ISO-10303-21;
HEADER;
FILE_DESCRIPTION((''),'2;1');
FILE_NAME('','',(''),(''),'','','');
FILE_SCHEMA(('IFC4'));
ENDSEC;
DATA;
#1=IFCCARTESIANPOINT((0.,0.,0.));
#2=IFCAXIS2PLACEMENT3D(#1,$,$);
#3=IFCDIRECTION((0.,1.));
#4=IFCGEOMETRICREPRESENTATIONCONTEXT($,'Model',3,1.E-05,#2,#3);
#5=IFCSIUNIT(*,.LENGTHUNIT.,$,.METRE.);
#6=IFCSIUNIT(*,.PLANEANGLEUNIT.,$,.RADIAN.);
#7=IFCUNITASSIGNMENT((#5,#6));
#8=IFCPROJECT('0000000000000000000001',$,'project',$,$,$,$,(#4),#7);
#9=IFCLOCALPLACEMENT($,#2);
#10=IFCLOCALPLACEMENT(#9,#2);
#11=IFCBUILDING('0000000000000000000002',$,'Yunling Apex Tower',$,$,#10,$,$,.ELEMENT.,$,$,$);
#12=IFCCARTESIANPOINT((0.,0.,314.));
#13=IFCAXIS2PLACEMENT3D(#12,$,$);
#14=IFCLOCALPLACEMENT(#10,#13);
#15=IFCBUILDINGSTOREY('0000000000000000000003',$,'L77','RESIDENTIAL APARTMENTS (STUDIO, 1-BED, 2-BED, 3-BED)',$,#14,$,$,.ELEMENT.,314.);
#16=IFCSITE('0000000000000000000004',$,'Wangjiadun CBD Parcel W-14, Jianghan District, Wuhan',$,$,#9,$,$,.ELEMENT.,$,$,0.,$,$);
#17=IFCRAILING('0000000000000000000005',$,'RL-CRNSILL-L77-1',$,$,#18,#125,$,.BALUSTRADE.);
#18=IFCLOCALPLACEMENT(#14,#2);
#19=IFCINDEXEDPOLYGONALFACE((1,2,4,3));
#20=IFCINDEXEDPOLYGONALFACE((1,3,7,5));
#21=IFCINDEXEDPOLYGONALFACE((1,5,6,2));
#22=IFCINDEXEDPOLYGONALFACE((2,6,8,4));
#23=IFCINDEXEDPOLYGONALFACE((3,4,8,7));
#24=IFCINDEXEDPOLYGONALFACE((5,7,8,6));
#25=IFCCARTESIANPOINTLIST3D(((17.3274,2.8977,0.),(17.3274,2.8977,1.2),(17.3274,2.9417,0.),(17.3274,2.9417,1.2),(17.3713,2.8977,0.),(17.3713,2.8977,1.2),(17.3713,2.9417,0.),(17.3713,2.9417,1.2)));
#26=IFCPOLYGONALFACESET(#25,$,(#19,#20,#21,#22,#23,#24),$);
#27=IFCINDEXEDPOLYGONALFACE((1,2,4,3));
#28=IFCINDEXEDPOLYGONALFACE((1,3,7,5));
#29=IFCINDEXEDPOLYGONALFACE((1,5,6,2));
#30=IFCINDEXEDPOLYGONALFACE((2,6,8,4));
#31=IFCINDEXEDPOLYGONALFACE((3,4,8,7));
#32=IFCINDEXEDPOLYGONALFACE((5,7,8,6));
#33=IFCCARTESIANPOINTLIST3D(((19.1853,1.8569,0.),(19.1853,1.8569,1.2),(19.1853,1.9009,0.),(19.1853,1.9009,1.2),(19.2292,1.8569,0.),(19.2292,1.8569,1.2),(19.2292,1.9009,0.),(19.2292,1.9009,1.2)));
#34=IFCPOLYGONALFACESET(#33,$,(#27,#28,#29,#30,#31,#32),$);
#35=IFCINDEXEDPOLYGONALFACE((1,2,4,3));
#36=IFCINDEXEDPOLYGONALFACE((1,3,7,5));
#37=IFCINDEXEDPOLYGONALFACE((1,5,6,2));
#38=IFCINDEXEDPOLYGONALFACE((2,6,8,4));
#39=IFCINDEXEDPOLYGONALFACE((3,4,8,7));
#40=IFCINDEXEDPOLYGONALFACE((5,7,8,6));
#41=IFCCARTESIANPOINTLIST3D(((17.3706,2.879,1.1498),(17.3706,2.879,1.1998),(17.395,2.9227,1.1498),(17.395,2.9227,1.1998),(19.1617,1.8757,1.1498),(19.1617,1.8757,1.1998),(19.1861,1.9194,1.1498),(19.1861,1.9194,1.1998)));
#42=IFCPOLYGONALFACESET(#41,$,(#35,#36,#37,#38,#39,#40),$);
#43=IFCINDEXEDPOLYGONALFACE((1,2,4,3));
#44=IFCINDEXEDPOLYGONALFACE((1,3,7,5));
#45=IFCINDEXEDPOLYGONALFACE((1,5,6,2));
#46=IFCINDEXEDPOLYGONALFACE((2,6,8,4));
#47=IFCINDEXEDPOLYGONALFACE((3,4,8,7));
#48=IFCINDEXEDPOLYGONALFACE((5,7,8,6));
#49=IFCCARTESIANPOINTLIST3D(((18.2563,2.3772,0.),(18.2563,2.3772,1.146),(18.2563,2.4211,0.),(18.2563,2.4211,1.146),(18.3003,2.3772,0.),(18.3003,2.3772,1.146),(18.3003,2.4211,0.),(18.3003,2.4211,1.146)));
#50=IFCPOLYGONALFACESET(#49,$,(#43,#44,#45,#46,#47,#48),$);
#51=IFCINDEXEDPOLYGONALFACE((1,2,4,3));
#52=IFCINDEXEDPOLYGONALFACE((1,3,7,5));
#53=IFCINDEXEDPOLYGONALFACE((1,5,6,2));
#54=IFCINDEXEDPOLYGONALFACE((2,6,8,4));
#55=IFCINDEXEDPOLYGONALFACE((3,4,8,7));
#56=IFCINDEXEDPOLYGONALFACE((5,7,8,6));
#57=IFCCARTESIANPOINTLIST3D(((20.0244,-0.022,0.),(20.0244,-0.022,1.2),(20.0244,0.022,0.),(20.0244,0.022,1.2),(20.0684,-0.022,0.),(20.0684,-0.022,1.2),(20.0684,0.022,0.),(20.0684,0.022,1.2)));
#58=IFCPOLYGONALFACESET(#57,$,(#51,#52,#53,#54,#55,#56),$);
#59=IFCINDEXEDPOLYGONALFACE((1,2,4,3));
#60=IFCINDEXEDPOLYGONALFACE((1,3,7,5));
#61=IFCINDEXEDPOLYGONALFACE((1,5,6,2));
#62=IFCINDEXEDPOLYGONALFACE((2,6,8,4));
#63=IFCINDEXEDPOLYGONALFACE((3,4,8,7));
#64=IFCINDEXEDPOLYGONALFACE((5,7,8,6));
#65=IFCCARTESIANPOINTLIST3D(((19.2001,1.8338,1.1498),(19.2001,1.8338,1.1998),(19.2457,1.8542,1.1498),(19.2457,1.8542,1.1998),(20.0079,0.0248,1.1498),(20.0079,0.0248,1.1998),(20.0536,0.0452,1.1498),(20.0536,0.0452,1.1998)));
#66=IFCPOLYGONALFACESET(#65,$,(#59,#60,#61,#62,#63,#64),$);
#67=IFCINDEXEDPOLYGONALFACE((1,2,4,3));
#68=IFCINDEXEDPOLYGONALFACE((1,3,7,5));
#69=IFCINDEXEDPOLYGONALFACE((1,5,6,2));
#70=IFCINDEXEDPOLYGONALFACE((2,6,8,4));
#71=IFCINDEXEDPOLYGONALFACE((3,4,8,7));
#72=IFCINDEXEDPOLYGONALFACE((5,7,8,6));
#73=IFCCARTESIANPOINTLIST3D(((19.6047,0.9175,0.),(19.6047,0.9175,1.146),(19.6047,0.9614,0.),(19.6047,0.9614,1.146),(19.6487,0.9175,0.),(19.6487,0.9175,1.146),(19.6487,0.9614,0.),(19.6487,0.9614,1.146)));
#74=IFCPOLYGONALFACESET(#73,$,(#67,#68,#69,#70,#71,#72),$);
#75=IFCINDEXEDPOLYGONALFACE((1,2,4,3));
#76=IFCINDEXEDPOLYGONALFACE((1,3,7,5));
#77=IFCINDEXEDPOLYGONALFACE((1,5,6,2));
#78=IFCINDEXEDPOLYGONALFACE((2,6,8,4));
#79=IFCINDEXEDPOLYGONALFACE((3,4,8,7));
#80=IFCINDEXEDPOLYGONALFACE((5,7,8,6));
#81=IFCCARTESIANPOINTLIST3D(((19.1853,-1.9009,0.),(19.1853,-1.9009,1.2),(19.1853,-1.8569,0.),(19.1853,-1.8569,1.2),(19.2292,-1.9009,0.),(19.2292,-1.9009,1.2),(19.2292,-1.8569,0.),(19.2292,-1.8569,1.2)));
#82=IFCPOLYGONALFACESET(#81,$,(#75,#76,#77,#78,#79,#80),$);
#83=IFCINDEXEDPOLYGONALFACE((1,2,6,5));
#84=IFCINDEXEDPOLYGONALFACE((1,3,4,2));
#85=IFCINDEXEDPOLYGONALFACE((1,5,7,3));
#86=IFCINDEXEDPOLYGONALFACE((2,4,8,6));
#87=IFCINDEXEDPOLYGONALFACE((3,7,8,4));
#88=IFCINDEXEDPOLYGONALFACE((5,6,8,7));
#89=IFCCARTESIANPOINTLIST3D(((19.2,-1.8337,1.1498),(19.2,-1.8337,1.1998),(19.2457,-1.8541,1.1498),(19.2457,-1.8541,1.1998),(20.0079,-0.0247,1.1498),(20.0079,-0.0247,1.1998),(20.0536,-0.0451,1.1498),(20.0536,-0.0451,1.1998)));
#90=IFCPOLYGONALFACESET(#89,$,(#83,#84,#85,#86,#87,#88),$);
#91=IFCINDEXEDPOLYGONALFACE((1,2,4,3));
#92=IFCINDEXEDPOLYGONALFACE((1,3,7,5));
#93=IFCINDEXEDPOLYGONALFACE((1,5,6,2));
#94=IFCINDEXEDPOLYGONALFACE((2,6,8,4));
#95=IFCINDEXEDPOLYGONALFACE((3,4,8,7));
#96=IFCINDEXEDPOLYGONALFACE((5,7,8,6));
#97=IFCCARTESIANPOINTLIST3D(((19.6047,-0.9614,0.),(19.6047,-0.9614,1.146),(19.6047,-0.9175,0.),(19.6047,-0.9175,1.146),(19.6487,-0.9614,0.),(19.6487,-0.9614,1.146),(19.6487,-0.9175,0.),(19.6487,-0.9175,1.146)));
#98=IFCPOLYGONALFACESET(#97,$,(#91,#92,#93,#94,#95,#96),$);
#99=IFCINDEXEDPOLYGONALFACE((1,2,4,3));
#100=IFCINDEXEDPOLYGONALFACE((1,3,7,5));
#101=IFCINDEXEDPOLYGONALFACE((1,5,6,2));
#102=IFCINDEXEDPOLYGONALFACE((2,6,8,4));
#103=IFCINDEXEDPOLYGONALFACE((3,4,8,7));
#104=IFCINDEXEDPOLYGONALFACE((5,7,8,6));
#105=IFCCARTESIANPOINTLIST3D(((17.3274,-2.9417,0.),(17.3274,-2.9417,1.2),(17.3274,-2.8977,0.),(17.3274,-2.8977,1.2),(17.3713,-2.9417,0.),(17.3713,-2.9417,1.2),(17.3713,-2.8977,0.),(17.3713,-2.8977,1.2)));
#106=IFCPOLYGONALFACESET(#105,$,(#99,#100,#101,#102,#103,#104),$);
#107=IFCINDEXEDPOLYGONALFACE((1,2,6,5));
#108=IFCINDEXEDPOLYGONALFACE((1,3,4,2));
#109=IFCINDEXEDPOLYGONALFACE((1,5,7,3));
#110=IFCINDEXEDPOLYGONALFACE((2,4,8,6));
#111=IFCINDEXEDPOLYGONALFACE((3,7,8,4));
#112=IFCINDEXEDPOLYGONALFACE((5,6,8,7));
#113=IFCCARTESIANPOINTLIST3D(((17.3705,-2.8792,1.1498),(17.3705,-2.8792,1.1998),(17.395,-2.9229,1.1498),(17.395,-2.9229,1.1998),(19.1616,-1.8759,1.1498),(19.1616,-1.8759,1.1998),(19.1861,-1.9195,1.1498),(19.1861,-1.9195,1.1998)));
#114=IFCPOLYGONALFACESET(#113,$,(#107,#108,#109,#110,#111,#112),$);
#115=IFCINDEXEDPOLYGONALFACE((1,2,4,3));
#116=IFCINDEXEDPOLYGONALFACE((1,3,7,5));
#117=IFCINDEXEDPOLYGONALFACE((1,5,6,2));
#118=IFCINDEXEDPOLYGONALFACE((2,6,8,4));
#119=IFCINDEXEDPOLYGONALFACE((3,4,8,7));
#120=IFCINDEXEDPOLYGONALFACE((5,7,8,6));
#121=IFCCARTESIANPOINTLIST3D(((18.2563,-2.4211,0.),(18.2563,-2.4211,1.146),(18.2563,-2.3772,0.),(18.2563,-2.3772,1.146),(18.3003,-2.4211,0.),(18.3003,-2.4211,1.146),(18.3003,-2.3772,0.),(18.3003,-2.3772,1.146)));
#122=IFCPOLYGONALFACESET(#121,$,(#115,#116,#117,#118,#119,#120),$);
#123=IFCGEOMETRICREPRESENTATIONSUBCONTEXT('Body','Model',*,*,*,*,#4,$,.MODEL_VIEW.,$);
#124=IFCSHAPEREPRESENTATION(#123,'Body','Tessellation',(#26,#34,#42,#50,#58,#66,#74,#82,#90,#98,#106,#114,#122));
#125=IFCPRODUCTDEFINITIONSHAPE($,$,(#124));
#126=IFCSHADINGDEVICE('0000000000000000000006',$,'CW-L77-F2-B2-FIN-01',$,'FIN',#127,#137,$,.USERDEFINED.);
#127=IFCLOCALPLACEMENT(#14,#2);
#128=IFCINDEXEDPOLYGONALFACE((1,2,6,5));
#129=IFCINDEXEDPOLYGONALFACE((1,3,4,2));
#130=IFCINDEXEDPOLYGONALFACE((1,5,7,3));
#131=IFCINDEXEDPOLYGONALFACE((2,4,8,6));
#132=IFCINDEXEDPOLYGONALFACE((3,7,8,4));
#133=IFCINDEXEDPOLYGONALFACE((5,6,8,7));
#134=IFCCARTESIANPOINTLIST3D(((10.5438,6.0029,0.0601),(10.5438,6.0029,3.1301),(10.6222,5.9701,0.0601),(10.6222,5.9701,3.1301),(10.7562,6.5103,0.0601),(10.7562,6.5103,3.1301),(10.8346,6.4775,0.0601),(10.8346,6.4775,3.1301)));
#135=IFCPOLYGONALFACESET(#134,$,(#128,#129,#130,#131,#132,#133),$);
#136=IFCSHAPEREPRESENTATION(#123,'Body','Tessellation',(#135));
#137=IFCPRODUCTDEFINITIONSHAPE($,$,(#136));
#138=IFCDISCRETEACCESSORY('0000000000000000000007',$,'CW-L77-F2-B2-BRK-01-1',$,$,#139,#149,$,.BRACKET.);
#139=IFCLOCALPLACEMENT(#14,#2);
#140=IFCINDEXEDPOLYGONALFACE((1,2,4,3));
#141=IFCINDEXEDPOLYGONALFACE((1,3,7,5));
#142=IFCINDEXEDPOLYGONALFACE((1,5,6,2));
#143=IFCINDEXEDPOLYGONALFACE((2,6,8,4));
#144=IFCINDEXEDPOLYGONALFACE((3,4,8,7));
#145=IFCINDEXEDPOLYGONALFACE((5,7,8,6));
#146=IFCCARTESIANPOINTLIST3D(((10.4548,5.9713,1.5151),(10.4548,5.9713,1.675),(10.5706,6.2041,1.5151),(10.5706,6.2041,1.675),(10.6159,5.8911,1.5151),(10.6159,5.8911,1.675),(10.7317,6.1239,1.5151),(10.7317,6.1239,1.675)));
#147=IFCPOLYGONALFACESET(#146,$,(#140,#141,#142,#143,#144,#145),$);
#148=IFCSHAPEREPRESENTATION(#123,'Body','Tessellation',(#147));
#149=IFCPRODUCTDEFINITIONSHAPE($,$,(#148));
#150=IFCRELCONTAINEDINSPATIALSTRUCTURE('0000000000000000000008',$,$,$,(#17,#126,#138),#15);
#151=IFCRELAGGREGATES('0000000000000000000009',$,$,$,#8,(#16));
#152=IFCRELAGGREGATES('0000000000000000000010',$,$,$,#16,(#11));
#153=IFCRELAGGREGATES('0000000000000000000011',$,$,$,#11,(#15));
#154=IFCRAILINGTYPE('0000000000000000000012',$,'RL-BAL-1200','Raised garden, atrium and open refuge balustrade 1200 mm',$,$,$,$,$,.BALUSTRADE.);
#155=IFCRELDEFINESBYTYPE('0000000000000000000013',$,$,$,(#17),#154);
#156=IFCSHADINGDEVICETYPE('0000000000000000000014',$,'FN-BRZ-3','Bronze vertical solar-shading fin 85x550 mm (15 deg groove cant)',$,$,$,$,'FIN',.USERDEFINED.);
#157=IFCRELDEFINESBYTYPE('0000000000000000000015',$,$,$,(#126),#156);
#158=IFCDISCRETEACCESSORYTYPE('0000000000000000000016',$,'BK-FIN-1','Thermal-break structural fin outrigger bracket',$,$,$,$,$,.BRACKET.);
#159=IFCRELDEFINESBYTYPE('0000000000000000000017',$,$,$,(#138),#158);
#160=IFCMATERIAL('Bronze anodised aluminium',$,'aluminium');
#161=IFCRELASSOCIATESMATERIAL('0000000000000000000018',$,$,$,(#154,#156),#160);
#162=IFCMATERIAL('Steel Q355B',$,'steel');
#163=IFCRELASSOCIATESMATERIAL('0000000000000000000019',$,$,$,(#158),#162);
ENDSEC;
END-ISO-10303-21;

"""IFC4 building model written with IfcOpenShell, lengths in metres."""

from ifc_helpers import new_model, si_unit, direction, frame, origin, origin_2d, place, context, subcontext, project, spatial, rectangle, extrude, source, transform, mapped, material, material_profile, profile_set, type_object, element, save


model = new_model("IFC4")

# Units and contexts
model_context = context("Model", 3, precision=1e-05, world=origin(), true_north=direction((0.0, 1.0)))
body_context = subcontext(model_context, "Body", "Model", "MODEL_VIEW")
ifc_project = project(units=[si_unit("LENGTHUNIT", "METRE"), si_unit("PLANEANGLEUNIT", "RADIAN")], contexts=[model_context])

# Site, building, storey
site_placement = place(None, origin())
site = spatial("IfcSite", under=ifc_project, at=site_placement, Name="Wangjiadun CBD Parcel W-14, Jianghan District, Wuhan", CompositionType="ELEMENT", RefElevation=0.0)
building_placement = place(site_placement, origin())
building = spatial("IfcBuilding", under=site, at=building_placement, Name="Yunling Apex Tower", CompositionType="ELEMENT")
storey_placement = place(building_placement, frame((0.0, 0.0, 314.0)))
storey = spatial("IfcBuildingStorey", under=building, at=storey_placement, Name="L77", Description="RESIDENTIAL APARTMENTS (STUDIO, 1-BED, 2-BED, 3-BED)", CompositionType="ELEMENT", Elevation=314.0)

# Shared definitions
ifc_material_1 = material(Name="Steel Q355B", Category="steel")

# Shared definitions
ifc_material_2 = material(Name="Bronze anodised aluminium", Category="aluminium")

# Railing
railing_type = type_object("IfcRailingType", Name="RL-BAL-1200", Description="Raised garden, atrium and open refuge balustrade 1200 mm", PredefinedType="BALUSTRADE", material=ifc_material_2)
railing_placement = place(storey_placement, frame((17.3494, 2.9197, 0.0)))
element("IfcRailing", 1, at=railing_placement, inside=storey, type_object=railing_type, Name="RL-CRNSILL-L77-1", PredefinedType="BALUSTRADE", context=body_context, shape_type="SweptSolid", body=[
    extrude(rectangle(XDim=0.0439, YDim=0.0439, at=origin_2d()), origin(), (0.0, 0.0, 1.0), 1.2),
    extrude(rectangle(XDim=0.0439, YDim=0.0439, at=origin_2d()), frame((1.8579, -1.0408, 0.0)), (0.0, 0.0, 1.0), 1.2),
    extrude(rectangle(XDim=0.05, YDim=0.05, at=origin_2d()), frame((0.0334, -0.0188, 1.1748), z_axis=(0.872438, -0.488726, 0.0), x_axis=(0.488726, 0.872438, 0.0)), (0.0, 0.0, 1.0), 2.053),
    extrude(rectangle(XDim=0.0439, YDim=0.0439, at=origin_2d()), frame((0.929, -0.5205, 0.0)), (0.0, 0.0, 1.0), 1.146),
    extrude(rectangle(XDim=0.0439, YDim=0.0439, at=origin_2d()), frame((2.697, -2.9197, 0.0)), (0.0, 0.0, 1.0), 1.2),
    extrude(rectangle(XDim=0.05, YDim=0.05, at=origin_2d()), frame((1.8735, -1.0757, 1.1748), z_axis=(0.407778, -0.913081, 0.0), x_axis=(0.913081, 0.407778, 0.0)), (0.0, 0.0, 1.0), 1.9812),
    extrude(rectangle(XDim=0.0439, YDim=0.0439, at=origin_2d()), frame((2.2773, -1.9802, 0.0)), (0.0, 0.0, 1.0), 1.146),
    extrude(rectangle(XDim=0.0439, YDim=0.0439, at=origin_2d()), frame((1.8579, -4.7986, 0.0)), (0.0, 0.0, 1.0), 1.2),
    extrude(rectangle(XDim=0.05, YDim=0.05, at=origin_2d()), frame((2.6814, -2.9546, 1.1748), z_axis=(-0.407778, -0.913081, 0.0), x_axis=(0.913081, -0.407778, 0.0)), (0.0, 0.0, 1.0), 1.9812),
    extrude(rectangle(XDim=0.0439, YDim=0.0439, at=origin_2d()), frame((2.2773, -3.8591, 0.0)), (0.0, 0.0, 1.0), 1.146),
    extrude(rectangle(XDim=0.0439, YDim=0.0439, at=origin_2d()), frame((0.0, -5.8394, 0.0)), (0.0, 0.0, 1.0), 1.2),
    extrude(rectangle(XDim=0.05, YDim=0.05, at=origin_2d()), frame((1.8245, -4.8174, 1.1748), z_axis=(-0.872438, -0.488726, 0.0), x_axis=(0.488726, -0.872438, 0.0)), (0.0, 0.0, 1.0), 2.053),
    extrude(rectangle(XDim=0.0439, YDim=0.0439, at=origin_2d()), frame((0.929, -5.3188, 0.0)), (0.0, 0.0, 1.0), 1.146),
])

# Shading device
ifc_material_profile_1 = material_profile(ifc_material_2, rectangle(XDim=0.085, YDim=0.55, at=origin_2d()))
ifc_profile_set_1 = profile_set([ifc_material_profile_1], Name="Bronze anodised aluminium")
shading_device_type = type_object("IfcShadingDeviceType", Name="FN-BRZ-3", Description="Bronze vertical solar-shading fin 85x550 mm (15 deg groove cant)", ElementType="FIN", PredefinedType="USERDEFINED", material=ifc_profile_set_1)
shared_shape_1 = source(origin(), body_context, "Body", "SweptSolid", [
    extrude(rectangle(XDim=0.085, YDim=0.55, at=origin_2d()), origin(), (0.0, 0.0, 1.0), 3.0701),
])
shading_device_placement = place(storey_placement, frame((10.6892, 6.2402, 0.0601), z_axis=(0.0, 0.0, 1.0), x_axis=(-0.922471, 0.386067, 0.0)))
element("IfcShadingDevice", 2, at=shading_device_placement, inside=storey, type_object=shading_device_type, Name="CW-L77-F2-B2-FIN-01", ObjectType="FIN", PredefinedType="USERDEFINED", context=body_context, shape_type="MappedRepresentation", body=[
    mapped(shared_shape_1, transform((0.0, 0.0, 0.0), scale=1.0)),
])

# Discrete accessory
discrete_accessory_type = type_object("IfcDiscreteAccessoryType", Name="BK-FIN-1", Description="Thermal-break structural fin outrigger bracket", PredefinedType="BRACKET", material=ifc_material_1)
shared_shape_2 = source(origin(), body_context, "Body", "SweptSolid", [
    extrude(rectangle(XDim=0.1799, YDim=0.26, at=origin_2d()), origin(), (0.0, 0.0, 1.0), 0.1599),
])
discrete_accessory_placement = place(storey_placement, frame((10.5933, 6.0476, 1.5151), z_axis=(0.0, 0.0, 1.0), x_axis=(-0.895246, 0.445573, 0.0)))
element("IfcDiscreteAccessory", 3, at=discrete_accessory_placement, inside=storey, type_object=discrete_accessory_type, Name="CW-L77-F2-B2-BRK-01-1", PredefinedType="BRACKET", context=body_context, shape_type="MappedRepresentation", body=[
    mapped(shared_shape_2, transform((0.0, 0.0, 0.0), scale=1.0)),
])

save(model, "model.ifc")
